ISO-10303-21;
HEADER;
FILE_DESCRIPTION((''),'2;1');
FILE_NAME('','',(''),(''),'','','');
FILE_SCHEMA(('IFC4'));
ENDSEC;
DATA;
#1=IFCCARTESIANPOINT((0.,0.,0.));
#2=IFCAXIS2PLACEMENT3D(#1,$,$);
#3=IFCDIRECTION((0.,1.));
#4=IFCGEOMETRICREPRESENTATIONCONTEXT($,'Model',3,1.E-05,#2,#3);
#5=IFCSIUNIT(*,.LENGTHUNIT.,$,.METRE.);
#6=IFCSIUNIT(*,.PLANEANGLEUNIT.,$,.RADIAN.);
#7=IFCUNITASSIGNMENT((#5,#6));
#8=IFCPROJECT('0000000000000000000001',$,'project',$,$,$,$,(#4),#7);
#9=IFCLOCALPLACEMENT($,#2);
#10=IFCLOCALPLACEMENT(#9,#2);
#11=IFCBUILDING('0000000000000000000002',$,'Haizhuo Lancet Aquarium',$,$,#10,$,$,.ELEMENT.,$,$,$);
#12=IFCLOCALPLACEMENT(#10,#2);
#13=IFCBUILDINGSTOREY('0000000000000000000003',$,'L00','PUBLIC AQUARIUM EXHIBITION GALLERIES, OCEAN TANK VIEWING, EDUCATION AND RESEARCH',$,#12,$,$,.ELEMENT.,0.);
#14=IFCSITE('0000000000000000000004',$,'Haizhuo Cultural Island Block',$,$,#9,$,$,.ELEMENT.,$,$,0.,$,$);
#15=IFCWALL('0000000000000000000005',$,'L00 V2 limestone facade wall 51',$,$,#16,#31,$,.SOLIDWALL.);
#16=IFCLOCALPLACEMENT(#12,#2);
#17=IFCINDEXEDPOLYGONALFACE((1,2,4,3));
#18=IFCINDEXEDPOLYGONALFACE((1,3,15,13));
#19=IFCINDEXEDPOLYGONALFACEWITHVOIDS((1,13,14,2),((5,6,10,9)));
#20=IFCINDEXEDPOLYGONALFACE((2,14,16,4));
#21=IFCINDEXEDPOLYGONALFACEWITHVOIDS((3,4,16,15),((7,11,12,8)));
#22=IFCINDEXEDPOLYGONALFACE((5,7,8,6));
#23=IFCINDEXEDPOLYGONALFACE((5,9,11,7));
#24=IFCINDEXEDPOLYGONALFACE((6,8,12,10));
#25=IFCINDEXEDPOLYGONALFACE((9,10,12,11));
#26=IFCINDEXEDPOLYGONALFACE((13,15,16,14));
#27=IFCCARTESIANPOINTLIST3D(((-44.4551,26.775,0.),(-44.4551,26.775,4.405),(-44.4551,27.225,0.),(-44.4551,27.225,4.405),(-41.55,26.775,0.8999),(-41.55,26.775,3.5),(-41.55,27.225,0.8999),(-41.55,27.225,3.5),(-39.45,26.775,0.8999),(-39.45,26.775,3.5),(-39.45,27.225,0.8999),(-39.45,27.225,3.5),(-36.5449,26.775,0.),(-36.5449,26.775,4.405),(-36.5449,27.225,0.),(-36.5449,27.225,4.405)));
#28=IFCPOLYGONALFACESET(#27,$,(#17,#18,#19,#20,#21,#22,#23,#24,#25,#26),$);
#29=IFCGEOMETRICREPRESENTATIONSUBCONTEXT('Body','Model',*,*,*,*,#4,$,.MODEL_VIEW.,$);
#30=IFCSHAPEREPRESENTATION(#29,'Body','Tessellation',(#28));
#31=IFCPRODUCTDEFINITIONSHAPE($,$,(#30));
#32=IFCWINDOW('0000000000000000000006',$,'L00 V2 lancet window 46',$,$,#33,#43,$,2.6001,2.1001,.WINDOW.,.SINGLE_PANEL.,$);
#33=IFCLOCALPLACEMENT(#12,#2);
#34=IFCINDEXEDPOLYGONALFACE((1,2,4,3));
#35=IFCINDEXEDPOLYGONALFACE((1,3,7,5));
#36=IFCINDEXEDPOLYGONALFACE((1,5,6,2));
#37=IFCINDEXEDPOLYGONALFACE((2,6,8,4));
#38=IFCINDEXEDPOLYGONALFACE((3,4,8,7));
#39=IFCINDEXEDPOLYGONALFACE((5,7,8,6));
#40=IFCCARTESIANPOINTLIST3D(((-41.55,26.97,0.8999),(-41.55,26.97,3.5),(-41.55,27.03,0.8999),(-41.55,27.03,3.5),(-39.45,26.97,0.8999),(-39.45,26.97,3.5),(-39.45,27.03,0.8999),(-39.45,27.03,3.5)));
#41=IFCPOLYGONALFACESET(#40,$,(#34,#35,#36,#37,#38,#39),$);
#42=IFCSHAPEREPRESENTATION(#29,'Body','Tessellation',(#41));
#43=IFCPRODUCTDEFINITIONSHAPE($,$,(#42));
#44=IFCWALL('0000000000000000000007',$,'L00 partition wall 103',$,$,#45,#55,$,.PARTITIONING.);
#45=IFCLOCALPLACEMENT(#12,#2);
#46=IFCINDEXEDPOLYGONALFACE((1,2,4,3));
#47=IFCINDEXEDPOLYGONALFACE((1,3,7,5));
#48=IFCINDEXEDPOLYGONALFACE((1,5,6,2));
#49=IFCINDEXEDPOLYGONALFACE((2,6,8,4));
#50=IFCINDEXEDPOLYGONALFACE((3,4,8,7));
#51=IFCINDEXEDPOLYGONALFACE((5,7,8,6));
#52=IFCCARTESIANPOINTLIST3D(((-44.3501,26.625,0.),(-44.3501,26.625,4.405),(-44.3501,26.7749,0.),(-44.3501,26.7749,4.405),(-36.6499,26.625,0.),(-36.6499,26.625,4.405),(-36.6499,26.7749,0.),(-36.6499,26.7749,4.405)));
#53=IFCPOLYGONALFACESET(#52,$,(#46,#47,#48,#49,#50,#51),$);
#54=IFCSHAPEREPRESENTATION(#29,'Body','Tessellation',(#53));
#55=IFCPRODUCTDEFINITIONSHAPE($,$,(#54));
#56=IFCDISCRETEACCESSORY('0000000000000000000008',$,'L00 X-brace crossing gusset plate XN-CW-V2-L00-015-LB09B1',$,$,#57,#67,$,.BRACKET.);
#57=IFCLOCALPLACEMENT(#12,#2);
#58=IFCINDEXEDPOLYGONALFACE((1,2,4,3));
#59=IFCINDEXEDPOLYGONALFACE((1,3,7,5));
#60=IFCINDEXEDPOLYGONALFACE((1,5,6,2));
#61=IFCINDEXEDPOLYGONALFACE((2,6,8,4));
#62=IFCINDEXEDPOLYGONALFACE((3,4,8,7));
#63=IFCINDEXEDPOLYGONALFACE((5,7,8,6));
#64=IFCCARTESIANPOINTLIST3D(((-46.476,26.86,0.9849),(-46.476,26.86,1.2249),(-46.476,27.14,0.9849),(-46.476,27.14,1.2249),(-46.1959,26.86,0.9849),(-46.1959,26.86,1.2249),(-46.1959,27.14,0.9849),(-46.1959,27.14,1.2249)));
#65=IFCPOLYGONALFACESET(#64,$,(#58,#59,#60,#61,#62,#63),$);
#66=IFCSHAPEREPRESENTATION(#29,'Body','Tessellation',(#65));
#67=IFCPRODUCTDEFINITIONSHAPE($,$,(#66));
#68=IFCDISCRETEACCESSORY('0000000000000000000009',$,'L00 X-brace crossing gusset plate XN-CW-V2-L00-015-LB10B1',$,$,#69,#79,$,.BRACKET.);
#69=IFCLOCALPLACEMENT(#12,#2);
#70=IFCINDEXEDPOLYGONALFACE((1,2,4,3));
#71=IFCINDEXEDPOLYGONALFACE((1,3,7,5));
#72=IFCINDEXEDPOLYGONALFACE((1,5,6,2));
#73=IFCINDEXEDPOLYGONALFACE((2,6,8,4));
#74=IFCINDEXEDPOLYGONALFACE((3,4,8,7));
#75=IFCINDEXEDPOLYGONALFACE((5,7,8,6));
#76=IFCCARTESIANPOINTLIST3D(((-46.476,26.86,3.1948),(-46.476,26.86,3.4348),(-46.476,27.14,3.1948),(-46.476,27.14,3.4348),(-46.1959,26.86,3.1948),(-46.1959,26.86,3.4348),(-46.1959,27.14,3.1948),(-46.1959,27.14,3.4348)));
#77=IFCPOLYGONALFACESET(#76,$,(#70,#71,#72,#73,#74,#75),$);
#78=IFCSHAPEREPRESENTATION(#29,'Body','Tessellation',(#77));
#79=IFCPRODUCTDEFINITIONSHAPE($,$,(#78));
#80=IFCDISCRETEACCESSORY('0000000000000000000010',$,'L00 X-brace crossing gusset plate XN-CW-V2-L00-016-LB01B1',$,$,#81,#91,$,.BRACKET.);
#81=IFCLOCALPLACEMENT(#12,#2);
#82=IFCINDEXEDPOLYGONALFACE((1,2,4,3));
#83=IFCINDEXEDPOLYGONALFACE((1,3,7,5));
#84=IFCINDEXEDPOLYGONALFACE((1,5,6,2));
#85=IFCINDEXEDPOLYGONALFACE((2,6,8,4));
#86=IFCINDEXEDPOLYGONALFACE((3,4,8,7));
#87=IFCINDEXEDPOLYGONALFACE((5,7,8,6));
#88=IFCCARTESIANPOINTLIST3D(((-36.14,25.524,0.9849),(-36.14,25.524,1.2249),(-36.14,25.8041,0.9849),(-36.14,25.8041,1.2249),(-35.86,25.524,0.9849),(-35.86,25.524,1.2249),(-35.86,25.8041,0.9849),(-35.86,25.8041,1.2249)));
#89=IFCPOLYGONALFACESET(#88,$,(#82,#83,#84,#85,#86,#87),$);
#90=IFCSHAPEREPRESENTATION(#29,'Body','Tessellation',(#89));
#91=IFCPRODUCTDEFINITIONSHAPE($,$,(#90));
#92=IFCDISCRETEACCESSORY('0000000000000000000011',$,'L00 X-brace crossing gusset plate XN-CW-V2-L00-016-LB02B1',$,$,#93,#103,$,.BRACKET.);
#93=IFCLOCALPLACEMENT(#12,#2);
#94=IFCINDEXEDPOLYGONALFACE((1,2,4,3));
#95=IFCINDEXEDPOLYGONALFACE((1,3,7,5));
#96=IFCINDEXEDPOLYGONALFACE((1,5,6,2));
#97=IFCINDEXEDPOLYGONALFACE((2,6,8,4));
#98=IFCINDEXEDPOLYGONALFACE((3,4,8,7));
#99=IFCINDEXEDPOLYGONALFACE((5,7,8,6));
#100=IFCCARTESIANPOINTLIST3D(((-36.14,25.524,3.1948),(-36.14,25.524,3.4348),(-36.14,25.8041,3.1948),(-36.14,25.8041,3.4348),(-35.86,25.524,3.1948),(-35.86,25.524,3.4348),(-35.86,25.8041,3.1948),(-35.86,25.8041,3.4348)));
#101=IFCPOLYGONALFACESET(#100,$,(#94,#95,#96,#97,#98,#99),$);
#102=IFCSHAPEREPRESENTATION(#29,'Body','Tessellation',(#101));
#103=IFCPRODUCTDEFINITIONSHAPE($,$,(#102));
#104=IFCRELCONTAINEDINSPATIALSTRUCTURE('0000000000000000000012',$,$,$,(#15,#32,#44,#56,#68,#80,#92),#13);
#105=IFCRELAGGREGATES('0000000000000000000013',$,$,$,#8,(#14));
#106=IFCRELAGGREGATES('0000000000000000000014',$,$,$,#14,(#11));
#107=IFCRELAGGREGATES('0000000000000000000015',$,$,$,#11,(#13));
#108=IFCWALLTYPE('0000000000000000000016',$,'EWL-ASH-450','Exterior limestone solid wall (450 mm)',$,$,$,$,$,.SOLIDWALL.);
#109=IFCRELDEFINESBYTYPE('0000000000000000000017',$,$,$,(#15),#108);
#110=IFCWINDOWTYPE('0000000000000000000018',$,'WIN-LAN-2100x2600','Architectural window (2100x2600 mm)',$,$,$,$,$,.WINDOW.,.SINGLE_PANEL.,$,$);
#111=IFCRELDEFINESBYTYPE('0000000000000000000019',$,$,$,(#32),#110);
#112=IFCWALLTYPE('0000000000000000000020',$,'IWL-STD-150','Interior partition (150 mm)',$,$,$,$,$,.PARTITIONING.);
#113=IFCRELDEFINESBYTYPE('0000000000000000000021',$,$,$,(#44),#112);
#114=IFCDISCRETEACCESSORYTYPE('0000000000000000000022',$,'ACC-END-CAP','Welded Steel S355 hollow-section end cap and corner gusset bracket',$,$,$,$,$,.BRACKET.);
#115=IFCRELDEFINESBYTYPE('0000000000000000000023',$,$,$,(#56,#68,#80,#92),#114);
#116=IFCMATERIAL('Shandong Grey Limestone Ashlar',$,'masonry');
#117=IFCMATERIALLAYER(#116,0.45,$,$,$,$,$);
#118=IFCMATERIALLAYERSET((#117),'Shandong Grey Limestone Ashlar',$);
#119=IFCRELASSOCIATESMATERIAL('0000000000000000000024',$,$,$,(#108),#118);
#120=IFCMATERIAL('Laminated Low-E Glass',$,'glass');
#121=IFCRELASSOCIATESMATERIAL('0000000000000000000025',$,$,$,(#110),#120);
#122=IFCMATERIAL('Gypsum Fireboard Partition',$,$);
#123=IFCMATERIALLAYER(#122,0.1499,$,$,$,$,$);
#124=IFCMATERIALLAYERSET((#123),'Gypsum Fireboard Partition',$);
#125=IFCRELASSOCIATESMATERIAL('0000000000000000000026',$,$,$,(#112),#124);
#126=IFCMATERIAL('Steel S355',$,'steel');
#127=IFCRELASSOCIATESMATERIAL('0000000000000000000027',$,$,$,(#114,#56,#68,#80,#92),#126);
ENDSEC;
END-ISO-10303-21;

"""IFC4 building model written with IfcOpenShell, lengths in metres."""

from ifc_helpers import new_model, si_unit, direction, frame, frame_2d, origin, origin_2d, place, context, subcontext, project, spatial, rectangle, extrude, material, layer, layer_set, type_object, element, fill, save


model = new_model("IFC4")

# Units and contexts
model_context = context("Model", 3, precision=1e-05, world=origin(), true_north=direction((0.0, 1.0)))
body_context = subcontext(model_context, "Body", "Model", "MODEL_VIEW")
ifc_project = project(units=[si_unit("LENGTHUNIT", "METRE"), si_unit("PLANEANGLEUNIT", "RADIAN")], contexts=[model_context])

# Site, building, storey
site_placement = place(None, origin())
site = spatial("IfcSite", under=ifc_project, at=site_placement, Name="Haizhuo Cultural Island Block", CompositionType="ELEMENT", RefElevation=0.0)
building_placement = place(site_placement, origin())
building = spatial("IfcBuilding", under=site, at=building_placement, Name="Haizhuo Lancet Aquarium", CompositionType="ELEMENT")
storey_placement = place(building_placement, origin())
storey = spatial("IfcBuildingStorey", under=building, at=storey_placement, Name="L00", Description="PUBLIC AQUARIUM EXHIBITION GALLERIES, OCEAN TANK VIEWING, EDUCATION AND RESEARCH", CompositionType="ELEMENT", Elevation=0.0)

# Shared definitions
ifc_material_1 = material(Name="Steel S355", Category="steel")

# Shared definitions
ifc_material_2 = material(Name="Laminated Low-E Glass", Category="glass")

# Shared definitions
ifc_material_3 = material(Name="Shandong Grey Limestone Ashlar", Category="masonry")

# Wall, opening, window
ifc_layer_1 = layer(ifc_material_3, 0.45)
ifc_layer_set_1 = layer_set([ifc_layer_1], Name="Shandong Grey Limestone Ashlar")
wall_type_1 = type_object("IfcWallType", Name="EWL-ASH-450", Description="Exterior limestone solid wall (450 mm)", PredefinedType="SOLIDWALL", material=ifc_layer_set_1)
wall_1_placement = place(storey_placement, frame((-44.4551, 27.0, 0.0), z_axis=(0.0, 0.0, 1.0), x_axis=(1.0, 0.0, 0.0)))
wall_1 = element("IfcWall", 1, at=wall_1_placement, inside=storey, type_object=wall_type_1, Name="L00 V2 limestone facade wall 51", PredefinedType="SOLIDWALL", context=body_context, shape_type="SweptSolid", body=[
    extrude(rectangle(XDim=7.9102, YDim=0.45, at=frame_2d((3.9551, 0.0))), origin(), (0.0, 0.0, 1.0), 4.405),
])
opening_1_placement = place(wall_1_placement, frame((2.905, 0.0, 0.8999)))
opening_1 = element("IfcOpeningElement", 2, at=opening_1_placement, cuts=wall_1, PredefinedType="OPENING", context=body_context, shape_type="SweptSolid", body=[
    extrude(rectangle(XDim=2.1001, YDim=2.6001, at=frame_2d((1.05, 1.3))), frame((0.0, 0.2349, 0.0), z_axis=(0.0, -1.0, 0.0), x_axis=(1.0, 0.0, 0.0)), (0.0, 0.0, 1.0), 0.47),
])
window_type = type_object("IfcWindowType", Name="WIN-LAN-2100x2600", Description="Architectural window (2100x2600 mm)", PartitioningType="SINGLE_PANEL", PredefinedType="WINDOW", material=ifc_material_2)
window_placement = place(opening_1_placement, origin())
window = element("IfcWindow", 3, at=window_placement, inside=storey, type_object=window_type, Name="L00 V2 lancet window 46", OverallHeight=2.6001, OverallWidth=2.1001, PartitioningType="SINGLE_PANEL", PredefinedType="WINDOW", context=body_context, shape_type="SweptSolid", body=[
    extrude(rectangle(XDim=2.1001, YDim=2.6001, at=frame_2d((1.05, 1.3))), frame((0.0, 0.03, 0.0), z_axis=(0.0, -1.0, 0.0), x_axis=(1.0, 0.0, 0.0)), (0.0, 0.0, 1.0), 0.0601),
])
fill(opening_1, window)

# Wall
ifc_material_4 = material(Name="Gypsum Fireboard Partition")
ifc_layer_2 = layer(ifc_material_4, 0.1499)
ifc_layer_set_2 = layer_set([ifc_layer_2], Name="Gypsum Fireboard Partition")
wall_type_2 = type_object("IfcWallType", Name="IWL-STD-150", Description="Interior partition (150 mm)", PredefinedType="PARTITIONING", material=ifc_layer_set_2)
wall_2_placement = place(storey_placement, frame((-36.6499, 26.7, 0.0), z_axis=(0.0, 0.0, 1.0), x_axis=(-1.0, 0.0, 0.0)))
element("IfcWall", 4, at=wall_2_placement, inside=storey, type_object=wall_type_2, Name="L00 partition wall 103", PredefinedType="PARTITIONING", context=body_context, shape_type="SweptSolid", body=[
    extrude(rectangle(XDim=7.7002, YDim=0.1499, at=frame_2d((3.8501, 0.0))), origin(), (0.0, 0.0, 1.0), 4.405),
])

# Discrete accessories
discrete_accessory_type = type_object("IfcDiscreteAccessoryType", Name="ACC-END-CAP", Description="Welded Steel S355 hollow-section end cap and corner gusset bracket", PredefinedType="BRACKET", material=ifc_material_1)
for number, where, z_axis, x_axis, name in (
    (5, (-46.3359, 27.0, 0.9849), (0.0, 0.0, 1.0), (1.0, 0.0, 0.0), "L00 X-brace crossing gusset plate XN-CW-V2-L00-015-LB09B1"),
    (6, (-46.3359, 27.0, 3.1948), (0.0, 0.0, 1.0), (1.0, 0.0, 0.0), "L00 X-brace crossing gusset plate XN-CW-V2-L00-015-LB10B1"),
    (7, (-36.0, 25.6641, 0.9849), (0.0, 0.0, 1.0), (1.0, 0.0, 0.0), "L00 X-brace crossing gusset plate XN-CW-V2-L00-016-LB01B1"),
    (8, (-36.0, 25.6641, 3.1948), (0.0, 0.0, 1.0), (1.0, 0.0, 0.0), "L00 X-brace crossing gusset plate XN-CW-V2-L00-016-LB02B1"),
):
    element("IfcDiscreteAccessory", number, at=place(storey_placement, frame(where, z_axis=z_axis, x_axis=x_axis)), inside=storey, type_object=discrete_accessory_type, material=ifc_material_1, Name=name, PredefinedType="BRACKET", context=body_context, shape_type="SweptSolid", body=[
        extrude(rectangle(XDim=0.28, YDim=0.28, at=origin_2d()), origin(), (0.0, 0.0, 1.0), 0.24),
    ])

save(model, "model.ifc")
